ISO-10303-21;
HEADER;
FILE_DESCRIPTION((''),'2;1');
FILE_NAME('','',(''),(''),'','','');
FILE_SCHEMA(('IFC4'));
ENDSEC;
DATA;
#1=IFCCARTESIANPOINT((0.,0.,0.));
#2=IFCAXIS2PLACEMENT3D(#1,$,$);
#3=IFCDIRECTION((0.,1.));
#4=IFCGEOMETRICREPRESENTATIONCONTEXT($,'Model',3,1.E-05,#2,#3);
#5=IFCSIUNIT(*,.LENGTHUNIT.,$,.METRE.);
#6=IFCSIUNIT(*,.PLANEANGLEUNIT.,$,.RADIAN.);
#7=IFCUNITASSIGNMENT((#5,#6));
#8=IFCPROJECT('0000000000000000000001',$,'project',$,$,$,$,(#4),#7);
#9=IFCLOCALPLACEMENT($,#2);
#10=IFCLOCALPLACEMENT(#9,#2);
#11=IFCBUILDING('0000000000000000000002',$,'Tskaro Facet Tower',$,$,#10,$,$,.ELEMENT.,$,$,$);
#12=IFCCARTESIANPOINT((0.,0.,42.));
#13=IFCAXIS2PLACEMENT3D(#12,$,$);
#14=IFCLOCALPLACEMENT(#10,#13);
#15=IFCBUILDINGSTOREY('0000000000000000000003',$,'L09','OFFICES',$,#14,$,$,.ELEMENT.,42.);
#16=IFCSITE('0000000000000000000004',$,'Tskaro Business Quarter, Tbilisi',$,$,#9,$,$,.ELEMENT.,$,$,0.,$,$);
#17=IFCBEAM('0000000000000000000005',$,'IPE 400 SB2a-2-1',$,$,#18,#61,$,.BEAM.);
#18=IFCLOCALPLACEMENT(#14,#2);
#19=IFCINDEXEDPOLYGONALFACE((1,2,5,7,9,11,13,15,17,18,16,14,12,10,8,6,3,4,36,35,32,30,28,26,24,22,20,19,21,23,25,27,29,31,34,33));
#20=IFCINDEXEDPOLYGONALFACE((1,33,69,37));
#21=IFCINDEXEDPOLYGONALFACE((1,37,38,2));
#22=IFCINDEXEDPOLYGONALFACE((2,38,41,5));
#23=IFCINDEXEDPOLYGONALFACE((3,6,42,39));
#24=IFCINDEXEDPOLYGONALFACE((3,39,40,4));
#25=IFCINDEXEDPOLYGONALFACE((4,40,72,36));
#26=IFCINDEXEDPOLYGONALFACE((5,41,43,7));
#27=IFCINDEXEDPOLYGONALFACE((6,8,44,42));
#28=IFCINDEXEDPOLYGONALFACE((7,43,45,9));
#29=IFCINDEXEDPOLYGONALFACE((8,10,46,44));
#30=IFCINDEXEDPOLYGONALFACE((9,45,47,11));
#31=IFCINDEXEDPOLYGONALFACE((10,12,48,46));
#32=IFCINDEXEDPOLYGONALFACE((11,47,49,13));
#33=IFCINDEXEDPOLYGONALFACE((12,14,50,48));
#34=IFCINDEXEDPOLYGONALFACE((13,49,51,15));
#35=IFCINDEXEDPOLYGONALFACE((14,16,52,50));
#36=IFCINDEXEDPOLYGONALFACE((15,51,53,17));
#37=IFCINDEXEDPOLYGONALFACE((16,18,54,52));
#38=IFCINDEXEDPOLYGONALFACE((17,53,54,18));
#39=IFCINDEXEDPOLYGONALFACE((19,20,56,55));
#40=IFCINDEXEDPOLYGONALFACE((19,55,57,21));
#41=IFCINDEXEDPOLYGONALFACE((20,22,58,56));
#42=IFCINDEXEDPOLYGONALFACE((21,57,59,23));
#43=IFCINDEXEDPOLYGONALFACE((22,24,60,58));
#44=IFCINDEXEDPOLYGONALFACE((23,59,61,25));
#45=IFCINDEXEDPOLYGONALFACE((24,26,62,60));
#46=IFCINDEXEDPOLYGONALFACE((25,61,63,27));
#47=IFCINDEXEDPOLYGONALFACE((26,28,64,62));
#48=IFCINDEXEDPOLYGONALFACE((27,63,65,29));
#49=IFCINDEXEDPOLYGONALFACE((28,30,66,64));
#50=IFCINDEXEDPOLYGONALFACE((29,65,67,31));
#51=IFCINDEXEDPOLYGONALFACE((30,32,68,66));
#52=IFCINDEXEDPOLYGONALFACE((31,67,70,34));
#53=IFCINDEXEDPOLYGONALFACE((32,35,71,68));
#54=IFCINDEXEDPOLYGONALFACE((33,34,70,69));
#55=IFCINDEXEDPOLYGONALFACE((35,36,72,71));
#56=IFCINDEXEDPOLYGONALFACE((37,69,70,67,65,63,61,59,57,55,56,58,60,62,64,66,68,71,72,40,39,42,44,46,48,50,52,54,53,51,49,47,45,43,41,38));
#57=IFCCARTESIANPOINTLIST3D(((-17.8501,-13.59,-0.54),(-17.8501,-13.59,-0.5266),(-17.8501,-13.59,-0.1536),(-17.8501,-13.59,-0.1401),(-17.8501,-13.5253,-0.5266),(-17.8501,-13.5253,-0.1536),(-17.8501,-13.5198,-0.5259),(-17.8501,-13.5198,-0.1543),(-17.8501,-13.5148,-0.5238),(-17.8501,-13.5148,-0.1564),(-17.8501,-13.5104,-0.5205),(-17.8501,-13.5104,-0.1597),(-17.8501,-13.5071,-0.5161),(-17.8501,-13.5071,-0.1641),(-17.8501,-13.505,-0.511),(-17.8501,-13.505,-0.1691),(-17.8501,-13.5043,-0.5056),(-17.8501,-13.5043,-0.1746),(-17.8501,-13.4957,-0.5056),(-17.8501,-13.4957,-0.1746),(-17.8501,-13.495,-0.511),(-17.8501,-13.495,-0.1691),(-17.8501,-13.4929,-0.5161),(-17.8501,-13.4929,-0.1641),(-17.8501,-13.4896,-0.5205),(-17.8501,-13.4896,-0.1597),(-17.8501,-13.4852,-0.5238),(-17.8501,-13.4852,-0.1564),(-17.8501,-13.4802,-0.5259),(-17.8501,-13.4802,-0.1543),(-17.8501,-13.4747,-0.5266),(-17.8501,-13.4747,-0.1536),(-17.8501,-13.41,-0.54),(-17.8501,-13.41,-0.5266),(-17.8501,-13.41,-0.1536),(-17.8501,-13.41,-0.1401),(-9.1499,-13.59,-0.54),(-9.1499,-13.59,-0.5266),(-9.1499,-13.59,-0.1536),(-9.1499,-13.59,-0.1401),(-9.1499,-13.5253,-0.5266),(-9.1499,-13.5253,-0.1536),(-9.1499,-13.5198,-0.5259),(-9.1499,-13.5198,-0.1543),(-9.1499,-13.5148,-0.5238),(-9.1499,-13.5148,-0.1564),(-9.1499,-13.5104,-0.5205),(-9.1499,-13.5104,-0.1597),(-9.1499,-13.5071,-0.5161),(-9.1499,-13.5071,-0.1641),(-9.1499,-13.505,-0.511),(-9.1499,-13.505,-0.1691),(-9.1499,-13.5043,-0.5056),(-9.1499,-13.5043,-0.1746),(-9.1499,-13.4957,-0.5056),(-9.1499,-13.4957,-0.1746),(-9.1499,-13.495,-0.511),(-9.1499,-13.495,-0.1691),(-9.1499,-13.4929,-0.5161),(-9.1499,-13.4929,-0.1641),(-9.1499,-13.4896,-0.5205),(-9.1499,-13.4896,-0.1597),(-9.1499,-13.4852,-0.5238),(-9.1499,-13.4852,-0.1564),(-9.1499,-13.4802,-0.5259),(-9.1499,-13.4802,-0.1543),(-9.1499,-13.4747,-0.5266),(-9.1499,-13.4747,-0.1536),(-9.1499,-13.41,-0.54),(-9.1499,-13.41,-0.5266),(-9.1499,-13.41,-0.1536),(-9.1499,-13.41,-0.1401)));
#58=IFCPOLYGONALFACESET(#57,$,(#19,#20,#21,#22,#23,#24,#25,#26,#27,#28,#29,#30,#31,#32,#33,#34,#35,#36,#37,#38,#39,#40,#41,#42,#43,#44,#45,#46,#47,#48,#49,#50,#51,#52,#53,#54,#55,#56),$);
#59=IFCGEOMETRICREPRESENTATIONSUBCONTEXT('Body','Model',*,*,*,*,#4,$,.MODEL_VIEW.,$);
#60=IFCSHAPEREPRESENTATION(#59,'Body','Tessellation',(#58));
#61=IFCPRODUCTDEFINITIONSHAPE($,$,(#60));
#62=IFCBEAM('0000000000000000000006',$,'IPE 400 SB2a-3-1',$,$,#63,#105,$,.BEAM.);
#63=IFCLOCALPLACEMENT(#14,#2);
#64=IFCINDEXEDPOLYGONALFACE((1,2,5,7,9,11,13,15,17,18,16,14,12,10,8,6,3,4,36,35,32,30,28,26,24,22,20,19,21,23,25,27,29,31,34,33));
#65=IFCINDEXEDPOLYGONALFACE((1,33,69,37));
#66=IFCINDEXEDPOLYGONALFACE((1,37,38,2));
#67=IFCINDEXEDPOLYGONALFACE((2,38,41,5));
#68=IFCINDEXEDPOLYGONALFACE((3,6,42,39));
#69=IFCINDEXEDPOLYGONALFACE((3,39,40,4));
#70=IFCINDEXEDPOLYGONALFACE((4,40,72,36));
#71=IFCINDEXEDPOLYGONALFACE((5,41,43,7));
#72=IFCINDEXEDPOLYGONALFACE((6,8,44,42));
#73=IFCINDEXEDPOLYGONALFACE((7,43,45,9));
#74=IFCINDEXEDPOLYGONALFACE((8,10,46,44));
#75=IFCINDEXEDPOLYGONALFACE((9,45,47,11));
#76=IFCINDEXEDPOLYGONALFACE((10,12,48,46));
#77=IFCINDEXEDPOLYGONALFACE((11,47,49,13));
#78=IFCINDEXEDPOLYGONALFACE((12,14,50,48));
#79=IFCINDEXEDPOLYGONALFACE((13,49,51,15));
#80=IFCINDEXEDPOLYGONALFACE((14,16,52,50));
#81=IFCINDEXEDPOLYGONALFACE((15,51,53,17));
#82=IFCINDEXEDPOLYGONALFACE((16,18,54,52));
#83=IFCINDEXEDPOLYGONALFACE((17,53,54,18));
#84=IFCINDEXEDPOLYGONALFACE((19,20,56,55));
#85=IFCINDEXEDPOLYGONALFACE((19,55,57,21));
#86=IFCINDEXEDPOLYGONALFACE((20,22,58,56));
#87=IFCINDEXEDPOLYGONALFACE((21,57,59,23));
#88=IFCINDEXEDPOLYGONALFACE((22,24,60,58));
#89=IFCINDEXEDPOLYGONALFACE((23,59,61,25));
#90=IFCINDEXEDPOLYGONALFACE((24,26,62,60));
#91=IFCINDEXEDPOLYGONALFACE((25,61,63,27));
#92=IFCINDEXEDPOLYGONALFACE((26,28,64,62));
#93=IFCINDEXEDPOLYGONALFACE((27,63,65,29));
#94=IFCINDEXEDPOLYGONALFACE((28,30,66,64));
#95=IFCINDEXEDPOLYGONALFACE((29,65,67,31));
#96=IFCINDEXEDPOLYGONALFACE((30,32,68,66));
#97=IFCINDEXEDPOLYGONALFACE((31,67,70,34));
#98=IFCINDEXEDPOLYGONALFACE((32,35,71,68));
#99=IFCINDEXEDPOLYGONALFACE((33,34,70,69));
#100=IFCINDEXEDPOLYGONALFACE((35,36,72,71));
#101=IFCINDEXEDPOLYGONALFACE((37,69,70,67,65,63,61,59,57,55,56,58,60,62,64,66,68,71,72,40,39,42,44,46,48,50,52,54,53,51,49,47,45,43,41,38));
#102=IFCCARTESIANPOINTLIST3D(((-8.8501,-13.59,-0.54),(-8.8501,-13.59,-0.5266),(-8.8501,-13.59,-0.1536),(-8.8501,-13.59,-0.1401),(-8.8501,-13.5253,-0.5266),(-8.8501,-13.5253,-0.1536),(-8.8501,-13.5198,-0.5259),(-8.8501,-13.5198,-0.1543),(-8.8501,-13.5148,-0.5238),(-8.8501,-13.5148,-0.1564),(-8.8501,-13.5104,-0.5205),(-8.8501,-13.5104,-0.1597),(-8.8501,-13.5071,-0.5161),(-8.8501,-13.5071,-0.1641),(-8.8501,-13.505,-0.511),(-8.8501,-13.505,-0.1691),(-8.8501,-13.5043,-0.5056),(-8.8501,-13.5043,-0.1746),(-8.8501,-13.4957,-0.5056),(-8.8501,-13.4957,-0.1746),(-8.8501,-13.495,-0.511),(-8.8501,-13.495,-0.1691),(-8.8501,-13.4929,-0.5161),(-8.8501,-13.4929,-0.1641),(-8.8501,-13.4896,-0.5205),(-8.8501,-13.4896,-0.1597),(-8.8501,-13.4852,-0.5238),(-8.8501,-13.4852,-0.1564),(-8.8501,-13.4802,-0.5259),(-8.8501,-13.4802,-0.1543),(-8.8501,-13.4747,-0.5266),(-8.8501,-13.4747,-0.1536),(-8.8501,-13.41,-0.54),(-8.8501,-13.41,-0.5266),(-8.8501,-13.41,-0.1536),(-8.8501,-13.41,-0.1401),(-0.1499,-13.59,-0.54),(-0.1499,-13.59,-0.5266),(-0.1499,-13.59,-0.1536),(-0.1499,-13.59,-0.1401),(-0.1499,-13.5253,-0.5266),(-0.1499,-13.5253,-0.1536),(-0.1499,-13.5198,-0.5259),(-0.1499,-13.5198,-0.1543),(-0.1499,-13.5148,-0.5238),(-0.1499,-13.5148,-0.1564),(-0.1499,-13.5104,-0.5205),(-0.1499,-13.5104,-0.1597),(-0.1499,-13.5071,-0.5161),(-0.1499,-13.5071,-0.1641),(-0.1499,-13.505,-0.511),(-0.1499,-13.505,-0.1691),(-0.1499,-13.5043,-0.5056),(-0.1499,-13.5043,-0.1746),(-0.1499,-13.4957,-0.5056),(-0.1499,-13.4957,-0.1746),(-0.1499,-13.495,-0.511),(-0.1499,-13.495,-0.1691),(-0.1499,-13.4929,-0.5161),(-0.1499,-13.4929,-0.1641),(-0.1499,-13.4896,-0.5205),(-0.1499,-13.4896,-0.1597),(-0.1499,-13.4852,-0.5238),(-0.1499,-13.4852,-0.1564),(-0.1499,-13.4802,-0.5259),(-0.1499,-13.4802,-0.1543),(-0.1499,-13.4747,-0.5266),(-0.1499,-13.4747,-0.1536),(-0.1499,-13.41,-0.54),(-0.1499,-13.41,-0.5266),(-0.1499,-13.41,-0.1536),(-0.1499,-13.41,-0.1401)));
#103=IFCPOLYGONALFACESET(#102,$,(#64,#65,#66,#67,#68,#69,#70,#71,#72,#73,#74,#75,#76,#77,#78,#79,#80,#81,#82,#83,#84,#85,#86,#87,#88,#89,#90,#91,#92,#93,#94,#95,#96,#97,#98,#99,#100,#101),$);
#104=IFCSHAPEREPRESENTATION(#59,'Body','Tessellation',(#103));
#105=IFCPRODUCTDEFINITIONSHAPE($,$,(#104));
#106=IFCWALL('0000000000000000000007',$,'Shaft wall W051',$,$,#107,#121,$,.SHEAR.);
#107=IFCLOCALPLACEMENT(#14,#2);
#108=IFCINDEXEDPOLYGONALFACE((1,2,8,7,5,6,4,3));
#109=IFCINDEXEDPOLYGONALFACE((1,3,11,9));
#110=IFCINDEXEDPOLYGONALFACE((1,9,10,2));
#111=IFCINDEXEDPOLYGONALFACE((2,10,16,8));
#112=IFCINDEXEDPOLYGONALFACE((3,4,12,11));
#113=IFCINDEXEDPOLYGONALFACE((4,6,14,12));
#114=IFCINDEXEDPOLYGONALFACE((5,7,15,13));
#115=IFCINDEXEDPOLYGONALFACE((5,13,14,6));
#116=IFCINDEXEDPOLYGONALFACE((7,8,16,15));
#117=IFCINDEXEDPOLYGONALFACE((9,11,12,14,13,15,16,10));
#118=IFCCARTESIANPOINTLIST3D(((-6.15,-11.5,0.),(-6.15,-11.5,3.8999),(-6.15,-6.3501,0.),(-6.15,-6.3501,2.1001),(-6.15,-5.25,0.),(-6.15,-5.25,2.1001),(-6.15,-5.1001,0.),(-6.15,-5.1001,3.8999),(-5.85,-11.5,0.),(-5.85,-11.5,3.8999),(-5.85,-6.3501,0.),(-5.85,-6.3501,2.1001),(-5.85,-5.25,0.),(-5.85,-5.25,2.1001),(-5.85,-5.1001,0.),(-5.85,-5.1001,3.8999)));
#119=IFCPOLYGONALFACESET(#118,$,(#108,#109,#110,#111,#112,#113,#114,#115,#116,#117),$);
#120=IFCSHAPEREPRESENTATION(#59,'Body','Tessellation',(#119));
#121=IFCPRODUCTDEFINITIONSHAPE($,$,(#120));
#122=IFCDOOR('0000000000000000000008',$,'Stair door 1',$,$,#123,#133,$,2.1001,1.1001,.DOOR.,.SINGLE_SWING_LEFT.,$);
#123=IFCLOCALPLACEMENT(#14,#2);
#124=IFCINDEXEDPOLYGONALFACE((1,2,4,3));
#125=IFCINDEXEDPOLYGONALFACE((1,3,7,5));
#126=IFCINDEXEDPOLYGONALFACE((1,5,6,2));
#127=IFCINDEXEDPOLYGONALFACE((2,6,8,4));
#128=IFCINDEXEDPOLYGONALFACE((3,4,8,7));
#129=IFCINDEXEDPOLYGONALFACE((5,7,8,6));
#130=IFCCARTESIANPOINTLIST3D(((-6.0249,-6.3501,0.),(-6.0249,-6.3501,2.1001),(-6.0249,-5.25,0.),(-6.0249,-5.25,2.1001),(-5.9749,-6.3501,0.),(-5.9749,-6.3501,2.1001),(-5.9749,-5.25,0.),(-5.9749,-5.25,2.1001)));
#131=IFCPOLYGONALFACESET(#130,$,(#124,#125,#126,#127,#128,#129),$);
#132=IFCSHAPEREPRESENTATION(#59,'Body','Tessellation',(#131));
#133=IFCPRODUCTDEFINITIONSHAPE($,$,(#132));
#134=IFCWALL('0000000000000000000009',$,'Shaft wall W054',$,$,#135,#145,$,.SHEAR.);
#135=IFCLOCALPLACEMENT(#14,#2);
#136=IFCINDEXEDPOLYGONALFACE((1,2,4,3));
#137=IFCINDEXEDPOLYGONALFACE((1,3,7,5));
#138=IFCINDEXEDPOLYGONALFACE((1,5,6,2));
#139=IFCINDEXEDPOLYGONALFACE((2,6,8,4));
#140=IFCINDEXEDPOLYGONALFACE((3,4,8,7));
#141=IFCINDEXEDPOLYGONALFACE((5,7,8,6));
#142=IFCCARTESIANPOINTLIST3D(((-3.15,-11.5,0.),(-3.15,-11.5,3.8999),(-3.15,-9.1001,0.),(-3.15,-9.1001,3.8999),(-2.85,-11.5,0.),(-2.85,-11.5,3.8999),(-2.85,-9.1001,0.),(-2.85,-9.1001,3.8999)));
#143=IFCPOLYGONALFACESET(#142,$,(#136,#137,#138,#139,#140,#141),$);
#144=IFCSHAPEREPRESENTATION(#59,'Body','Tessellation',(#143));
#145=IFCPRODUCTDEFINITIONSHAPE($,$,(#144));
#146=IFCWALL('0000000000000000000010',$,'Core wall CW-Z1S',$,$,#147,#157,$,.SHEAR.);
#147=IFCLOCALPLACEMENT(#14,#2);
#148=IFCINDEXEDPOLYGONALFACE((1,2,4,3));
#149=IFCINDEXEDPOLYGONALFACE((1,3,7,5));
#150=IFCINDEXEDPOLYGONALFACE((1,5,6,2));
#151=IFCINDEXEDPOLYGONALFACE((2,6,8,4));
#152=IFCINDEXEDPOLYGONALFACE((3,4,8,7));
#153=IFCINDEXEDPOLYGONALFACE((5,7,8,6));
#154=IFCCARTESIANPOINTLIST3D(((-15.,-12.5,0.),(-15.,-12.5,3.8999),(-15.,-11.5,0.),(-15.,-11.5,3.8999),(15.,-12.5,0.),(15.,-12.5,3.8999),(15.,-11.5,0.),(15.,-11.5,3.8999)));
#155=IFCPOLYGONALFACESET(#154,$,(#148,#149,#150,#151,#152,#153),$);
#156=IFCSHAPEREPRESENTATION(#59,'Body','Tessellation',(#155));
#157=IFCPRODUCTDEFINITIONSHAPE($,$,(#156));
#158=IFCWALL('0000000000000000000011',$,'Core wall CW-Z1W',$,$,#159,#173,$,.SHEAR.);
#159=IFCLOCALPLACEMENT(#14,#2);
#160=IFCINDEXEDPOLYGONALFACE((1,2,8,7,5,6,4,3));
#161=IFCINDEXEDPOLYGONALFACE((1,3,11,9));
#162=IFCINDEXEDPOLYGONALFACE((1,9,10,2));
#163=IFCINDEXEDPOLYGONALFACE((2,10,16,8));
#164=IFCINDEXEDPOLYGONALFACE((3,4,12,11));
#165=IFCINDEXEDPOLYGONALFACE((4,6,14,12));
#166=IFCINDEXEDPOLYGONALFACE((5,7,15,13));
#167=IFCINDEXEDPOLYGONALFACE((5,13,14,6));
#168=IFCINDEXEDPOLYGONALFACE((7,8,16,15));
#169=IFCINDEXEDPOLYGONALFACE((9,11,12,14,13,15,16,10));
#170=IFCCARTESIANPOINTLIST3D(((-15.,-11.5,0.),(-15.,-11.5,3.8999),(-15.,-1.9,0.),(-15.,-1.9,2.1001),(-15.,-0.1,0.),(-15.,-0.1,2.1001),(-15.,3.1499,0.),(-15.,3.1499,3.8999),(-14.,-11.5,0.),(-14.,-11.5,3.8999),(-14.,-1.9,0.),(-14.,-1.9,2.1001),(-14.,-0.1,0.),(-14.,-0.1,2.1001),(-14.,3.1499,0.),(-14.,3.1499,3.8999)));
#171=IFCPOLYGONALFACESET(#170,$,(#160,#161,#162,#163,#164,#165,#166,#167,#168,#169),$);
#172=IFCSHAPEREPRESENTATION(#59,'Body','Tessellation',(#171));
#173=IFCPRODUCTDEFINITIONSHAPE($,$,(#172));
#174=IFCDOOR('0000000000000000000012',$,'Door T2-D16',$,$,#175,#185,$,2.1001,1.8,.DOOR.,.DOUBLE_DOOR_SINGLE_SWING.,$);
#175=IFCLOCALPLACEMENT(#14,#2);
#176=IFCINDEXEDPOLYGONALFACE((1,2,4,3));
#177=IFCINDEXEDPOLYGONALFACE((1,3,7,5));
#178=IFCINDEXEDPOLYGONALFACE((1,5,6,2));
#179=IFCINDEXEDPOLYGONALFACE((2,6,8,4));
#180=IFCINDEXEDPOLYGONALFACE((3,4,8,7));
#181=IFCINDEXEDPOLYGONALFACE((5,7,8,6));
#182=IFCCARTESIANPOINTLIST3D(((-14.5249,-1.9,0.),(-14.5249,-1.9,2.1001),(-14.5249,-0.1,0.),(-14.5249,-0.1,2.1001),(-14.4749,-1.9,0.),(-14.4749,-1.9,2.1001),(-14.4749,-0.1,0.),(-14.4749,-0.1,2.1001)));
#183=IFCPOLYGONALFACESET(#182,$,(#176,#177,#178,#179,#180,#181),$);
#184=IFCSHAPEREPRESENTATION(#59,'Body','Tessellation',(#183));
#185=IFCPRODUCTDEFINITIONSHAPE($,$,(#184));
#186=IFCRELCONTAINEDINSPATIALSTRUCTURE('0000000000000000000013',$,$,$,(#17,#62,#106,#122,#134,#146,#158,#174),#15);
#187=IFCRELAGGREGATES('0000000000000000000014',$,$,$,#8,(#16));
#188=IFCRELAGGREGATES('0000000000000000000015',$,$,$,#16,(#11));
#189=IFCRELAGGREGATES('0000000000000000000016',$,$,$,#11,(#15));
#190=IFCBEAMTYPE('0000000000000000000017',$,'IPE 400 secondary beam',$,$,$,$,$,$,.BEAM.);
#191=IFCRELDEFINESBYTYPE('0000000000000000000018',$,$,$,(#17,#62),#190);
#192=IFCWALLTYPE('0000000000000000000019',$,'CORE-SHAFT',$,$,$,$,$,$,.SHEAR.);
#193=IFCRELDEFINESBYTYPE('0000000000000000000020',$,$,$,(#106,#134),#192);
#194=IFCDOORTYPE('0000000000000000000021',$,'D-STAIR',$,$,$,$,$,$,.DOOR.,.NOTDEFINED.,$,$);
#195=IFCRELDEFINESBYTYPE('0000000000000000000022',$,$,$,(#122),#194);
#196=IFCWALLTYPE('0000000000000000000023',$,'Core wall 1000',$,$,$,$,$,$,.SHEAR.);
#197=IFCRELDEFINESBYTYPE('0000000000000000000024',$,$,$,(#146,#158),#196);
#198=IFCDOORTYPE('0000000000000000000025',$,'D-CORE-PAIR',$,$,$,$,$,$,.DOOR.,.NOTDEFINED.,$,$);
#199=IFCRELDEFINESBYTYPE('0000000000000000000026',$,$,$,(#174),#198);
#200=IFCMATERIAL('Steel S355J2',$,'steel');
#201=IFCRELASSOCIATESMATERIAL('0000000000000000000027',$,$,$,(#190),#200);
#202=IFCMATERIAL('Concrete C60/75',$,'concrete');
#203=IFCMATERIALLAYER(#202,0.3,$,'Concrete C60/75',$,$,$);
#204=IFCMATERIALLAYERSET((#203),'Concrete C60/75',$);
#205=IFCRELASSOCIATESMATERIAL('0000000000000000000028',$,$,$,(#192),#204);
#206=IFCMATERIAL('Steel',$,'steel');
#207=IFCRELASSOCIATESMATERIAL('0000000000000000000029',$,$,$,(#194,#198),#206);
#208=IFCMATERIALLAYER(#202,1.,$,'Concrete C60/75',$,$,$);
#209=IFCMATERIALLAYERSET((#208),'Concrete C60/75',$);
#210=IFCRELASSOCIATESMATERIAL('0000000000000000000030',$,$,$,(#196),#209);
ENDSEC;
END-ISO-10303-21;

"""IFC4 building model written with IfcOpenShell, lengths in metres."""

from ifc_helpers import new_model, si_unit, direction, frame, frame_2d, origin, origin_2d, place, context, subcontext, project, spatial, rectangle, i_section, extrude, material, layer, layer_set, material_profile, profile_set, type_object, element, fill, save


model = new_model("IFC4")

# Units and contexts
model_context = context("Model", 3, precision=1e-05, world=origin(), true_north=direction((0.0, 1.0)))
body_context = subcontext(model_context, "Body", "Model", "MODEL_VIEW")
ifc_project = project(units=[si_unit("LENGTHUNIT", "METRE"), si_unit("PLANEANGLEUNIT", "RADIAN")], contexts=[model_context])

# Site, building, storey
site_placement = place(None, origin())
site = spatial("IfcSite", under=ifc_project, at=site_placement, Name="Tskaro Business Quarter, Tbilisi", CompositionType="ELEMENT", RefElevation=0.0)
building_placement = place(site_placement, origin())
building = spatial("IfcBuilding", under=site, at=building_placement, Name="Tskaro Facet Tower", CompositionType="ELEMENT")
storey_placement = place(building_placement, frame((0.0, 0.0, 42.0)))
storey = spatial("IfcBuildingStorey", under=building, at=storey_placement, Name="L09", Description="OFFICES", CompositionType="ELEMENT", Elevation=42.0)

# Beams
ifc_material_1 = material(Name="Steel S355J2", Category="steel")
ifc_material_profile = material_profile(ifc_material_1, i_section(OverallWidth=0.1799, OverallDepth=0.3999, WebThickness=0.0085, FlangeThickness=0.0134, FilletRadius=0.021, at=origin_2d()), Name="IPE 400")
ifc_profile_set = profile_set([ifc_material_profile], Name="Steel S355J2")
beam_type = type_object("IfcBeamType", Name="IPE 400 secondary beam", PredefinedType="BEAM", material=ifc_profile_set)
for number, where, z_axis, x_axis, name in (
    (1, (-17.8501, -13.5, -0.3401), (1.0, 0.0, 0.0), (0.0, 1.0, 0.0), "IPE 400 SB2a-2-1"),
    (2, (-8.8501, -13.5, -0.3401), (1.0, 0.0, 0.0), (0.0, 1.0, 0.0), "IPE 400 SB2a-3-1"),
):
    element("IfcBeam", number, at=place(storey_placement, frame(where, z_axis=z_axis, x_axis=x_axis)), inside=storey, type_object=beam_type, Name=name, PredefinedType="BEAM", context=body_context, shape_type="SweptSolid", body=[
        extrude(i_section(OverallWidth=0.1799, OverallDepth=0.3999, WebThickness=0.0085, FlangeThickness=0.0134, FilletRadius=0.021, at=origin_2d()), origin(), (0.0, 0.0, 1.0), 8.7002),
    ])

# Wall, opening, door
ifc_material_2 = material(Name="Concrete C60/75", Category="concrete")
ifc_layer_1 = layer(ifc_material_2, 0.3, Name="Concrete C60/75")
ifc_layer_set_1 = layer_set([ifc_layer_1], Name="Concrete C60/75")
wall_type_1 = type_object("IfcWallType", Name="CORE-SHAFT", PredefinedType="SHEAR", material=ifc_layer_set_1)
wall_1_placement = place(storey_placement, frame((-6.0, -11.5, 0.0), z_axis=(0.0, 0.0, 1.0), x_axis=(0.0, 1.0, 0.0)))
wall_1 = element("IfcWall", 3, at=wall_1_placement, inside=storey, type_object=wall_type_1, Name="Shaft wall W051", PredefinedType="SHEAR", context=body_context, shape_type="SweptSolid", body=[
    extrude(rectangle(XDim=6.3999, YDim=0.3, at=frame_2d((3.2, 0.0))), origin(), (0.0, 0.0, 1.0), 3.8999),
])
opening_1_placement = place(wall_1_placement, frame((5.1499, 0.0, 0.0)))
opening_1 = element("IfcOpeningElement", 4, at=opening_1_placement, cuts=wall_1, PredefinedType="OPENING", context=body_context, shape_type="SweptSolid", body=[
    extrude(rectangle(XDim=1.1001, YDim=2.1001, at=frame_2d((0.55, 1.05))), frame((0.0, 0.1599, 0.0), z_axis=(0.0, -1.0, 0.0), x_axis=(1.0, 0.0, 0.0)), (0.0, 0.0, 1.0), 0.3201),
])
ifc_material_3 = material(Name="Steel", Category="steel")
door_type_1 = type_object("IfcDoorType", Name="D-STAIR", OperationType="NOTDEFINED", PredefinedType="DOOR", material=ifc_material_3)
door_1_placement = place(opening_1_placement, origin())
door_1 = element("IfcDoor", 5, at=door_1_placement, inside=storey, type_object=door_type_1, Name="Stair door 1", OperationType="SINGLE_SWING_LEFT", OverallHeight=2.1001, OverallWidth=1.1001, PredefinedType="DOOR", context=body_context, shape_type="SweptSolid", body=[
    extrude(rectangle(XDim=1.1001, YDim=2.1001, at=frame_2d((0.55, 1.05))), frame((0.0, 0.0249, 0.0), z_axis=(0.0, -1.0, 0.0), x_axis=(1.0, 0.0, 0.0)), (0.0, 0.0, 1.0), 0.05),
])
fill(opening_1, door_1)

# Walls
wall_2_placement = place(storey_placement, frame((-3.0, -11.5, 0.0), z_axis=(0.0, 0.0, 1.0), x_axis=(0.0, 1.0, 0.0)))
element("IfcWall", 6, at=wall_2_placement, inside=storey, type_object=wall_type_1, Name="Shaft wall W054", PredefinedType="SHEAR", context=body_context, shape_type="SweptSolid", body=[
    extrude(rectangle(XDim=2.3999, YDim=0.3, at=frame_2d((1.2, 0.0))), origin(), (0.0, 0.0, 1.0), 3.8999),
])
ifc_layer_2 = layer(ifc_material_2, 1.0, Name="Concrete C60/75")
ifc_layer_set_2 = layer_set([ifc_layer_2], Name="Concrete C60/75")
wall_type_2 = type_object("IfcWallType", Name="Core wall 1000", PredefinedType="SHEAR", material=ifc_layer_set_2)
wall_3_placement = place(storey_placement, frame((-15.0, -12.0, 0.0), z_axis=(0.0, 0.0, 1.0), x_axis=(1.0, 0.0, 0.0)))
element("IfcWall", 7, at=wall_3_placement, inside=storey, type_object=wall_type_2, Name="Core wall CW-Z1S", PredefinedType="SHEAR", context=body_context, shape_type="SweptSolid", body=[
    extrude(rectangle(XDim=30.0, YDim=1.0, at=frame_2d((15.0, 0.0))), origin(), (0.0, 0.0, 1.0), 3.8999),
])

# Wall, opening, door
wall_4_placement = place(storey_placement, frame((-14.5, -11.5, 0.0), z_axis=(0.0, 0.0, 1.0), x_axis=(0.0, 1.0, 0.0)))
wall_4 = element("IfcWall", 8, at=wall_4_placement, inside=storey, type_object=wall_type_2, Name="Core wall CW-Z1W", PredefinedType="SHEAR", context=body_context, shape_type="SweptSolid", body=[
    extrude(rectangle(XDim=14.6499, YDim=1.0, at=frame_2d((7.325, 0.0))), origin(), (0.0, 0.0, 1.0), 3.8999),
])
opening_2_placement = place(wall_4_placement, frame((9.6001, 0.0, 0.0)))
opening_2 = element("IfcOpeningElement", 9, at=opening_2_placement, cuts=wall_4, PredefinedType="OPENING", context=body_context, shape_type="SweptSolid", body=[
    extrude(rectangle(XDim=1.8, YDim=2.1001, at=frame_2d((0.8999, 1.05))), frame((0.0, 0.51, 0.0), z_axis=(0.0, -1.0, 0.0), x_axis=(1.0, 0.0, 0.0)), (0.0, 0.0, 1.0), 1.02),
])
door_type_2 = type_object("IfcDoorType", Name="D-CORE-PAIR", OperationType="NOTDEFINED", PredefinedType="DOOR", material=ifc_material_3)
door_2_placement = place(opening_2_placement, origin())
door_2 = element("IfcDoor", 10, at=door_2_placement, inside=storey, type_object=door_type_2, Name="Door T2-D16", OperationType="DOUBLE_DOOR_SINGLE_SWING", OverallHeight=2.1001, OverallWidth=1.8, PredefinedType="DOOR", context=body_context, shape_type="SweptSolid", body=[
    extrude(rectangle(XDim=1.8, YDim=2.1001, at=frame_2d((0.8999, 1.05))), frame((0.0, 0.0249, 0.0), z_axis=(0.0, -1.0, 0.0), x_axis=(1.0, 0.0, 0.0)), (0.0, 0.0, 1.0), 0.05),
])
fill(opening_2, door_2)

save(model, "model.ifc")
